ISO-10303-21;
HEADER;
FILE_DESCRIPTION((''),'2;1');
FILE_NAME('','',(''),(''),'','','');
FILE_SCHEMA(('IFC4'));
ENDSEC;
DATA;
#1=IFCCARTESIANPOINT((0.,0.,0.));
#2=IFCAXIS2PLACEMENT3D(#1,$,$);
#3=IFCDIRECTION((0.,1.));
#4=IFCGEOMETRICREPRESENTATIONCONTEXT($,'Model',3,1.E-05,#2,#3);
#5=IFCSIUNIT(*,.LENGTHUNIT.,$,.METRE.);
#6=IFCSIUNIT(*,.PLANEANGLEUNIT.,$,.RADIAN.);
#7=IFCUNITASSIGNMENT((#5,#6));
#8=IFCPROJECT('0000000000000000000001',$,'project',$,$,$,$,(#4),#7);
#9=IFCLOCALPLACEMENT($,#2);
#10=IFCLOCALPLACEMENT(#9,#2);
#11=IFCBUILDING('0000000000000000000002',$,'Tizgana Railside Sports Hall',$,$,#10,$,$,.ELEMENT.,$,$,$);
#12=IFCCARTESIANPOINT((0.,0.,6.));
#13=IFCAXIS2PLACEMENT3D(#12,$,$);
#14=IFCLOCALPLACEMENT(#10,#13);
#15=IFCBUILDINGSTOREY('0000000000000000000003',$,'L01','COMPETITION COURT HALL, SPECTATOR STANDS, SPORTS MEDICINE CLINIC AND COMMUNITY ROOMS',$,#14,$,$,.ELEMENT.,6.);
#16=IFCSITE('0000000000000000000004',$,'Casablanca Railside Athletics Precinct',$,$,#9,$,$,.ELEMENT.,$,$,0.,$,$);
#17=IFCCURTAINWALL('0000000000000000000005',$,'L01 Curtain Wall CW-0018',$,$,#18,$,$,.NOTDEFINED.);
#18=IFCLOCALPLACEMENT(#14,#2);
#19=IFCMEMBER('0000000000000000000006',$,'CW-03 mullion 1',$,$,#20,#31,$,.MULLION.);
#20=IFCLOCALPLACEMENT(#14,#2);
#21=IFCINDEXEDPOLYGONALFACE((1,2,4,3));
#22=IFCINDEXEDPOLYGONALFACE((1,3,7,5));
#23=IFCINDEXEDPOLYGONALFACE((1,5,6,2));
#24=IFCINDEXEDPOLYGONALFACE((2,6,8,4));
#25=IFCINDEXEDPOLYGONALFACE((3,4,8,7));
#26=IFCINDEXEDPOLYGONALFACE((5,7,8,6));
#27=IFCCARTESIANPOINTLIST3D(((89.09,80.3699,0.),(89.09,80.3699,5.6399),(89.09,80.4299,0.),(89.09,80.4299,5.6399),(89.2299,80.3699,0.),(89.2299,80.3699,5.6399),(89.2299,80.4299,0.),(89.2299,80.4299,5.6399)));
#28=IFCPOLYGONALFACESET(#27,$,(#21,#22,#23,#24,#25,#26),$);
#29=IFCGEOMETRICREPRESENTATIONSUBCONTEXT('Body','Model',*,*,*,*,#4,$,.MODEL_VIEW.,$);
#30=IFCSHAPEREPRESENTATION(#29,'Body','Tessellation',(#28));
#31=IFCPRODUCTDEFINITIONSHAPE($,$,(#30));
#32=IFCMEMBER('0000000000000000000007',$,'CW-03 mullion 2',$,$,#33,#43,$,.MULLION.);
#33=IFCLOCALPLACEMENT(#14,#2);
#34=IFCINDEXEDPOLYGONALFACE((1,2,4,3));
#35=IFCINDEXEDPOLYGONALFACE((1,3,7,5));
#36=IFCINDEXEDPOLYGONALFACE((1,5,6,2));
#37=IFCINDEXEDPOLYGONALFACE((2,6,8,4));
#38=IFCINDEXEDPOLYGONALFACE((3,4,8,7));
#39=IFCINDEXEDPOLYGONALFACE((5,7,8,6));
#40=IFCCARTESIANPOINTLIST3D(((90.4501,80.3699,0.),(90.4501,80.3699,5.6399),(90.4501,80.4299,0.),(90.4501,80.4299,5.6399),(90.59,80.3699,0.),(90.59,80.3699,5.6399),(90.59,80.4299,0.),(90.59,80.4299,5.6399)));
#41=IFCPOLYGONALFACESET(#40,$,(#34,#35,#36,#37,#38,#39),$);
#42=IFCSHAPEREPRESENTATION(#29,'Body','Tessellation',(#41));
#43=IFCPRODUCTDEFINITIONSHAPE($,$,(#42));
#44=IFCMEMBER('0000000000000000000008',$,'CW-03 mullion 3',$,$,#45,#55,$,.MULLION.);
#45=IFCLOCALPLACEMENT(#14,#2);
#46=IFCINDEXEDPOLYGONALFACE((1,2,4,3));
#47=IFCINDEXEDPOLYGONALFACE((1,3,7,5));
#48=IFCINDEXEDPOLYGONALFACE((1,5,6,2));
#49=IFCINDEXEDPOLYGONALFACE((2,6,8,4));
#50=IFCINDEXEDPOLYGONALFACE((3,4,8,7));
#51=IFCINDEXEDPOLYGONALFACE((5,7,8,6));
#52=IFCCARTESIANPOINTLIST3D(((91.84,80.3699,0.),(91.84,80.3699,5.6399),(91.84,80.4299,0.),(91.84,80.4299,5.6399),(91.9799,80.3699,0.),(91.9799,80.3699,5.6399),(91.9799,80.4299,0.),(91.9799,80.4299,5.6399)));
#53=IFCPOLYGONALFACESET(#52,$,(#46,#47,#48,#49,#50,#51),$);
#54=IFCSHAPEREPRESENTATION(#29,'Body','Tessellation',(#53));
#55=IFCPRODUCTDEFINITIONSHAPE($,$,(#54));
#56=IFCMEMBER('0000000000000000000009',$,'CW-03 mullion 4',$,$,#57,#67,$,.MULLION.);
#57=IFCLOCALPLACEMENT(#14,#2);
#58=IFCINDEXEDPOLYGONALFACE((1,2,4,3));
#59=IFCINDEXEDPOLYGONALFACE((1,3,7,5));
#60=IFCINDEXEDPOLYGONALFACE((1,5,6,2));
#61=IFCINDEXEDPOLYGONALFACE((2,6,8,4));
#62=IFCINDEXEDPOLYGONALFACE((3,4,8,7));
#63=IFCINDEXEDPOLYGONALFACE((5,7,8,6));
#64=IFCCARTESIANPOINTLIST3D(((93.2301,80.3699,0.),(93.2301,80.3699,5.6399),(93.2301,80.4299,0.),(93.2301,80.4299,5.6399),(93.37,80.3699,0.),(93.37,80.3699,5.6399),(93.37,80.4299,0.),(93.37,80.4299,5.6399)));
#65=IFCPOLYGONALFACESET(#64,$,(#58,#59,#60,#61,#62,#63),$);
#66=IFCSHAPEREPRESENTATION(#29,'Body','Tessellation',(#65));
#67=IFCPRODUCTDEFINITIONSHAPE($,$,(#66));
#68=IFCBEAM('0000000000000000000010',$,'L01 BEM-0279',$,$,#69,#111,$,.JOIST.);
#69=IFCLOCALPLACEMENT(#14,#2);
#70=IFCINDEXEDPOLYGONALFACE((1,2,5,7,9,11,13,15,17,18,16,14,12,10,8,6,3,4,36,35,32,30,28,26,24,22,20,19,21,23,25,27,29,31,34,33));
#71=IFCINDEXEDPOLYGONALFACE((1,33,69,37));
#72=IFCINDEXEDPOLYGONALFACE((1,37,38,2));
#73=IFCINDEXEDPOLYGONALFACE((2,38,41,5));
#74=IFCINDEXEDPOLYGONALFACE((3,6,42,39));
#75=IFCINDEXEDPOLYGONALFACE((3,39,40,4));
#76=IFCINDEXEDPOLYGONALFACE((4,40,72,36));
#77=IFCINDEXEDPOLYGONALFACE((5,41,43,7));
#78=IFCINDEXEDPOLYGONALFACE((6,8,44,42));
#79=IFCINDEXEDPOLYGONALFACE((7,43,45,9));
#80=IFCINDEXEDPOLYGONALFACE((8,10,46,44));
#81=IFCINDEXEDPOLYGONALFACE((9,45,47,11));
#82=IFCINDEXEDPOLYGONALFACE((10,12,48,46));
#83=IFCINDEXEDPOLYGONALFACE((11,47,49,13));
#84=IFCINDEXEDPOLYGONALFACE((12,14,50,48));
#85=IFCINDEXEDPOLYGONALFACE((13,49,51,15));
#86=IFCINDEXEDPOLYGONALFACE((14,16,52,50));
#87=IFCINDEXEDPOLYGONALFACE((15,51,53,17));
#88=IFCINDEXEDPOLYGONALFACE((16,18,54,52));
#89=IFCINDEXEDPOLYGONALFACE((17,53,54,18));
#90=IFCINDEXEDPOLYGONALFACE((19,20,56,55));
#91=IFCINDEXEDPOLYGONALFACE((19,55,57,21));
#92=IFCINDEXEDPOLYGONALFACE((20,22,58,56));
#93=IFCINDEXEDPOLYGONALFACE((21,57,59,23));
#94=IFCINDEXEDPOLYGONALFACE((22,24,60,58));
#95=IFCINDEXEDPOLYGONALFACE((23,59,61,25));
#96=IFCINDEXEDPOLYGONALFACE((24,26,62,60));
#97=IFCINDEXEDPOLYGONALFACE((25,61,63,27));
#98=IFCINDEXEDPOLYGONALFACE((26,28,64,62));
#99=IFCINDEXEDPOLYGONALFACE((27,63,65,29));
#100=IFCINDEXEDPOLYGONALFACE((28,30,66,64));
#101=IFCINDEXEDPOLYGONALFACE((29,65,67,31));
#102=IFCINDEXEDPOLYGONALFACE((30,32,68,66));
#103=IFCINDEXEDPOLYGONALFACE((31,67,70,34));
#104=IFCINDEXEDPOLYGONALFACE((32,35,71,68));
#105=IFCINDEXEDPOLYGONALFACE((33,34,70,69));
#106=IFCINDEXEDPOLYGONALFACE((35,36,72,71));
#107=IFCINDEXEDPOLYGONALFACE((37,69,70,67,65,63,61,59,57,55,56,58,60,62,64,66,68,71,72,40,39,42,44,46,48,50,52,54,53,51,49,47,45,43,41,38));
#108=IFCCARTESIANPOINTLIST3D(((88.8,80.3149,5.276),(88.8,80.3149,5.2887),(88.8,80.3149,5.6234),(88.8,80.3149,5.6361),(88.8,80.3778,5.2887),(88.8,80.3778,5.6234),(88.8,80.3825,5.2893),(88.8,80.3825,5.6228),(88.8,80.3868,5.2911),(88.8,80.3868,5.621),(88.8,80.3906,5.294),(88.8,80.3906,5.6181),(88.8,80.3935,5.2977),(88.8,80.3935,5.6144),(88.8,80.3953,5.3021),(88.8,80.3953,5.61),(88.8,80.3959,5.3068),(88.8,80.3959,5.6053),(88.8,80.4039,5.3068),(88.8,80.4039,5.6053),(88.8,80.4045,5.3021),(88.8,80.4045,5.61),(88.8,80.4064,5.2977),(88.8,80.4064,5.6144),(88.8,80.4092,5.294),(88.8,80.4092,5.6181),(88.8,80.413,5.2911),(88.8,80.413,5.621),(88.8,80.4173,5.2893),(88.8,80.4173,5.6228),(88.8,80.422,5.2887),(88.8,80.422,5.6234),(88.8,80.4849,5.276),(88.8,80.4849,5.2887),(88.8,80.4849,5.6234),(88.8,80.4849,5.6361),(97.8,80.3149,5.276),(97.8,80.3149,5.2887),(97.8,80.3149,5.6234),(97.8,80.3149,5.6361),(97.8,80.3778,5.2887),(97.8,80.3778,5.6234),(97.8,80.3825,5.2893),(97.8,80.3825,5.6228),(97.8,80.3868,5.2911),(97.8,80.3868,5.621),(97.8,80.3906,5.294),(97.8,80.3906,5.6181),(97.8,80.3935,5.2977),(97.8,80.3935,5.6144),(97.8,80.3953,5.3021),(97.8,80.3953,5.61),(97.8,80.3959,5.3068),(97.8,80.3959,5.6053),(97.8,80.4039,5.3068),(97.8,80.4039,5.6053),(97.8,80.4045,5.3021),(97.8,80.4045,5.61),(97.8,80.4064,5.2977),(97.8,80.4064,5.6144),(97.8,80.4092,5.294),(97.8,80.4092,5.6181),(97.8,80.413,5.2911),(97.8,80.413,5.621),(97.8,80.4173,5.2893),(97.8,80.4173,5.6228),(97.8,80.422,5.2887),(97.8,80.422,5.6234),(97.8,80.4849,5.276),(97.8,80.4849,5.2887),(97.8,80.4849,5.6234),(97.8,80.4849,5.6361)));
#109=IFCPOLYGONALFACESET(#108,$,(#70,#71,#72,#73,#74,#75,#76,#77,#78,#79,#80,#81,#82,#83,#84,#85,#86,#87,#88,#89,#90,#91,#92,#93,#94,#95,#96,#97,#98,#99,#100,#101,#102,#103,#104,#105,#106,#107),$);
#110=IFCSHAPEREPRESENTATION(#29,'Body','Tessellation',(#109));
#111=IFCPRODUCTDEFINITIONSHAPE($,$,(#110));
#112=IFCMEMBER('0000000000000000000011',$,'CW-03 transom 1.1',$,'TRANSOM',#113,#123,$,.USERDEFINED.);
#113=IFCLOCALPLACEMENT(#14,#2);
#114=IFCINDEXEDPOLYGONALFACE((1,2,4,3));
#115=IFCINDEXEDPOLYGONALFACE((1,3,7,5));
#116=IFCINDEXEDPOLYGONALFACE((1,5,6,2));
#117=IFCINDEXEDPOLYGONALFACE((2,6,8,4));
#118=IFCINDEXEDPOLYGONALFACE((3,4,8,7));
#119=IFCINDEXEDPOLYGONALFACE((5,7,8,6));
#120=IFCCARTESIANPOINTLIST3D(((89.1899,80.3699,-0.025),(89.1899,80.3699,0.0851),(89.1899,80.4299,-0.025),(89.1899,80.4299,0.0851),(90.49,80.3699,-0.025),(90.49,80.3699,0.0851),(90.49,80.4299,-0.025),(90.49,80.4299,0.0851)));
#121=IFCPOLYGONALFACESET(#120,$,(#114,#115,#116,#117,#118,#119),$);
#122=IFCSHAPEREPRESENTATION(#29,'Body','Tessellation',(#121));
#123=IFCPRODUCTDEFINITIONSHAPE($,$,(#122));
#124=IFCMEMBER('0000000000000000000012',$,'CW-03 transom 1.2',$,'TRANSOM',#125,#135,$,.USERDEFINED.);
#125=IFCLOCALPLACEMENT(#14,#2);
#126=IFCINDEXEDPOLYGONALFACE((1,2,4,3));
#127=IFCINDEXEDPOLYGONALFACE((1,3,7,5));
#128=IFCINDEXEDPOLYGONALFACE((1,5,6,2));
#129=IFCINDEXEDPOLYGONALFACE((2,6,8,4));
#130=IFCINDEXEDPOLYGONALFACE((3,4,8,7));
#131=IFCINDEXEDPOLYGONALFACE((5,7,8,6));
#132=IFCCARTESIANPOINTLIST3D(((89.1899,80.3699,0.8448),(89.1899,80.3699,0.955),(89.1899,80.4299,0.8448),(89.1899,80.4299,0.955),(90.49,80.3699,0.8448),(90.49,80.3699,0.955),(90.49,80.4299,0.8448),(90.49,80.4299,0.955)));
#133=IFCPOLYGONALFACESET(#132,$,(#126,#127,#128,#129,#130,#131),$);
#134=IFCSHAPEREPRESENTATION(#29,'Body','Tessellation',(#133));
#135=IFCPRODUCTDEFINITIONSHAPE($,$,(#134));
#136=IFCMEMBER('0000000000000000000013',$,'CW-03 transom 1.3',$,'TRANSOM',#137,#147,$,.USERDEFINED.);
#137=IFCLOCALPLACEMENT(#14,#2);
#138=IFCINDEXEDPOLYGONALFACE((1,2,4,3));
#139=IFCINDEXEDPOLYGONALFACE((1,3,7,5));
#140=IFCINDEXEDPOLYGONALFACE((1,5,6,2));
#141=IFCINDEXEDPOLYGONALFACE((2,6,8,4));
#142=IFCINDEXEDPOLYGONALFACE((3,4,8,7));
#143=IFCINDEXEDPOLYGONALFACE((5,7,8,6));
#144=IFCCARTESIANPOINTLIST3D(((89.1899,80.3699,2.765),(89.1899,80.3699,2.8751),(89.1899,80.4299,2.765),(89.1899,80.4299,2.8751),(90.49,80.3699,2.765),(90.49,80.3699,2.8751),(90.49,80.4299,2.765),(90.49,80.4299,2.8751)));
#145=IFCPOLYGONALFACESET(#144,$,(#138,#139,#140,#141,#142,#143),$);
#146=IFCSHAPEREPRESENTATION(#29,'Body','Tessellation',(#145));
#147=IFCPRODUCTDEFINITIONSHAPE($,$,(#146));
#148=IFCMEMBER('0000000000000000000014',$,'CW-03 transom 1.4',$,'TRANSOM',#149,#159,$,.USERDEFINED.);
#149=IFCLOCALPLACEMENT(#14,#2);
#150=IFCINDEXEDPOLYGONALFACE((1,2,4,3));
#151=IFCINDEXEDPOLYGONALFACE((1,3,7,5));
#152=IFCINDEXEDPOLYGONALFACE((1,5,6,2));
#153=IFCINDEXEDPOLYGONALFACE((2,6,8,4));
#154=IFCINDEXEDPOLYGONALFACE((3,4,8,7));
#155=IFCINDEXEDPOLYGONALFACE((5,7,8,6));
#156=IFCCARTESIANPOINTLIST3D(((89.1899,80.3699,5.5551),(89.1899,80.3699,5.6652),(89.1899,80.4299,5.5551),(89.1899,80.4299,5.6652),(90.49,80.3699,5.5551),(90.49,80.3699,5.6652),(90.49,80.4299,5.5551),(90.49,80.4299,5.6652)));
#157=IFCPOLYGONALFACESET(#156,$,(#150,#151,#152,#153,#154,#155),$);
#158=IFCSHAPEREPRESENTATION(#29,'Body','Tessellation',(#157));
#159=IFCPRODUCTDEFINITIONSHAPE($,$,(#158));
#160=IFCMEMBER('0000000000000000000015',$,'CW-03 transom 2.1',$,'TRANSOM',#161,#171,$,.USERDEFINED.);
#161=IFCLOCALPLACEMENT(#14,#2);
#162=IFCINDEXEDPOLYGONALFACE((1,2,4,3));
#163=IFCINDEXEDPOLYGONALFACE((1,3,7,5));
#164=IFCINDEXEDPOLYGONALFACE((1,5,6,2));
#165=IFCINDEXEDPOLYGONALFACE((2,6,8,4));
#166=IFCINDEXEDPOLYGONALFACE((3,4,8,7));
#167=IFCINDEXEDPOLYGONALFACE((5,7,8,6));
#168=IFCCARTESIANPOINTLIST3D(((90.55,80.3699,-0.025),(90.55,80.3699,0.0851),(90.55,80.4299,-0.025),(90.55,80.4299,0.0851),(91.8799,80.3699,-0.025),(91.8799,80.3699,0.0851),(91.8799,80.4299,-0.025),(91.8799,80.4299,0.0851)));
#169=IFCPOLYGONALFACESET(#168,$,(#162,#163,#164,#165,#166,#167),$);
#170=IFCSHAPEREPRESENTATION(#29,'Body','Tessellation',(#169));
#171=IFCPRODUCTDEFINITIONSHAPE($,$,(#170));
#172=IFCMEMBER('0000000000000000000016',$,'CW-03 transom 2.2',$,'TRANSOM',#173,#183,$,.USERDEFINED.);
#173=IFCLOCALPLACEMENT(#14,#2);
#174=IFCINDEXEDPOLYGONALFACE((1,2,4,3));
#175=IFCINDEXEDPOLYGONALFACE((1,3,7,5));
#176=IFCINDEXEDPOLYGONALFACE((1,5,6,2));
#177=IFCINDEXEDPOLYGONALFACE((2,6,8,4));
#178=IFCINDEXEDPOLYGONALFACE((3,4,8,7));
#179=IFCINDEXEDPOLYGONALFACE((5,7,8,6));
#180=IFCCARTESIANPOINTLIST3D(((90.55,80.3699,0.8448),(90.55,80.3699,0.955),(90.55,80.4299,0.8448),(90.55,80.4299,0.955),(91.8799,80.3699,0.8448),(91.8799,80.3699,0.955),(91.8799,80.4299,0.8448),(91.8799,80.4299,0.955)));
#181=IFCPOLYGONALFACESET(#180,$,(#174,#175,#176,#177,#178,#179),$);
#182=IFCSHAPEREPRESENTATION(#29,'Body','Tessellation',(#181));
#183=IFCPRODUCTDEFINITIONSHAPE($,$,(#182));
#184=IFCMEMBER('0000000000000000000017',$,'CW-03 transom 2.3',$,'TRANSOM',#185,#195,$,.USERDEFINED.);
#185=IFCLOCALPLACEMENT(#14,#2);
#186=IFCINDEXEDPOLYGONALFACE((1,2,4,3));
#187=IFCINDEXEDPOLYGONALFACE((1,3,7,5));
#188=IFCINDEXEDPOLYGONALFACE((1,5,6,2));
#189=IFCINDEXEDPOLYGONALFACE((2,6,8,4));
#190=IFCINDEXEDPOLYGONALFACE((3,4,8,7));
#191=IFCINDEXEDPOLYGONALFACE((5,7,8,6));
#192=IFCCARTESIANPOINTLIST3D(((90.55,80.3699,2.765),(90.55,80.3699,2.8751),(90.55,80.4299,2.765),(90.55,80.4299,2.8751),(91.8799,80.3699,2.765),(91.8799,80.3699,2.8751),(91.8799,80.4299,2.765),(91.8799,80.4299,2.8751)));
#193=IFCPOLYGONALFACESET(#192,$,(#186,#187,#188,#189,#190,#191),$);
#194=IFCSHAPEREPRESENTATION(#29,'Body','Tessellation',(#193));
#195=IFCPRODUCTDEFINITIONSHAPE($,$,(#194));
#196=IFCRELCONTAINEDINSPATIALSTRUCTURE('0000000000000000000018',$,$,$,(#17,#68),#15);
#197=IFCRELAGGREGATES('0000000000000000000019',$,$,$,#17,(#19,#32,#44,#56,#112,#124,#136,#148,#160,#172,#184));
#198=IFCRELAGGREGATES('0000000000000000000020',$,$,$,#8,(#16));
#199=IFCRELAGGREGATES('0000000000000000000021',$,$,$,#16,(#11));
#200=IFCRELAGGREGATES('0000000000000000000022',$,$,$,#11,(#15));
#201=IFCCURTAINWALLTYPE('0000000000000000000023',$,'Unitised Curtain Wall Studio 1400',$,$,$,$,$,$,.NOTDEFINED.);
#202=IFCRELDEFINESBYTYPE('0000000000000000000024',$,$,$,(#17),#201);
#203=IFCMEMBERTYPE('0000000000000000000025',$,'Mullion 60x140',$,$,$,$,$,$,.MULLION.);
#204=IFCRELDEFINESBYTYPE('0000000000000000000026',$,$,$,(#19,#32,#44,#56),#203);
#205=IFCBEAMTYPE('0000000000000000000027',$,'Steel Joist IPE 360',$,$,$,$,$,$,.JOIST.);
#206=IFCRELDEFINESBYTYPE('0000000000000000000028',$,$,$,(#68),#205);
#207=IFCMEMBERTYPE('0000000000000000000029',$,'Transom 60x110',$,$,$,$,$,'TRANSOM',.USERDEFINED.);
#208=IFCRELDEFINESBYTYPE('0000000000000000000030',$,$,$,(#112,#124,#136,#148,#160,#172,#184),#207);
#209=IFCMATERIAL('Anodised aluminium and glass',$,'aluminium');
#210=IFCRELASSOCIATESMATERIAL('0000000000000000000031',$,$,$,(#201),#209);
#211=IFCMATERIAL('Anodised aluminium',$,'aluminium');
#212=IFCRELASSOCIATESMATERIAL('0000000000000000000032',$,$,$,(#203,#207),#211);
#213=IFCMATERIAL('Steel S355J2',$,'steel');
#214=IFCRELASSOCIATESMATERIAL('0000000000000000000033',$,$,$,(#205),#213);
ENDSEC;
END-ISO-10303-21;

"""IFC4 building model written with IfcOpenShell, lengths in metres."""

from ifc_helpers import new_model, si_unit, direction, frame, origin, origin_2d, place, context, subcontext, project, spatial, rectangle, i_section, extrude, material, material_profile, profile_set, type_object, element, aggregate, save


model = new_model("IFC4")

# Units and contexts
model_context = context("Model", 3, precision=1e-05, world=origin(), true_north=direction((0.0, 1.0)))
body_context = subcontext(model_context, "Body", "Model", "MODEL_VIEW")
ifc_project = project(units=[si_unit("LENGTHUNIT", "METRE"), si_unit("PLANEANGLEUNIT", "RADIAN")], contexts=[model_context])

# Site, building, storey
site_placement = place(None, origin())
site = spatial("IfcSite", under=ifc_project, at=site_placement, Name="Casablanca Railside Athletics Precinct", CompositionType="ELEMENT", RefElevation=0.0)
building_placement = place(site_placement, origin())
building = spatial("IfcBuilding", under=site, at=building_placement, Name="Tizgana Railside Sports Hall", CompositionType="ELEMENT")
storey_placement = place(building_placement, frame((0.0, 0.0, 6.0)))
storey = spatial("IfcBuildingStorey", under=building, at=storey_placement, Name="L01", Description="COMPETITION COURT HALL, SPECTATOR STANDS, SPORTS MEDICINE CLINIC AND COMMUNITY ROOMS", CompositionType="ELEMENT", Elevation=6.0)

# Curtain wall, members
ifc_material_1 = material(Name="Anodised aluminium and glass", Category="aluminium")
curtain_wall_type = type_object("IfcCurtainWallType", Name="Unitised Curtain Wall Studio 1400", PredefinedType="NOTDEFINED", material=ifc_material_1)
curtain_wall_placement = place(storey_placement, origin())
curtain_wall = element("IfcCurtainWall", 1, at=curtain_wall_placement, inside=storey, type_object=curtain_wall_type, Name="L01 Curtain Wall CW-0018", PredefinedType="NOTDEFINED")
ifc_material_2 = material(Name="Anodised aluminium", Category="aluminium")
ifc_material_profile_1 = material_profile(ifc_material_2, rectangle(XDim=0.0601, YDim=0.1399, at=origin_2d()), Name="Mullion 60x140")
ifc_profile_set_1 = profile_set([ifc_material_profile_1], Name="Anodised aluminium")
member_type_1 = type_object("IfcMemberType", Name="Mullion 60x140", PredefinedType="MULLION", material=ifc_profile_set_1)
member_1_placement = place(storey_placement, frame((89.1599, 80.3999, 0.0), z_axis=(0.0, 0.0, 1.0), x_axis=(0.0, 1.0, 0.0)))
member_1 = element("IfcMember", 2, at=member_1_placement, type_object=member_type_1, Name="CW-03 mullion 1", PredefinedType="MULLION", context=body_context, shape_type="SweptSolid", body=[
    extrude(rectangle(XDim=0.0601, YDim=0.1399, at=origin_2d()), origin(), (0.0, 0.0, 1.0), 5.6399),
])
member_2_placement = place(storey_placement, frame((90.52, 80.3999, 0.0), z_axis=(0.0, 0.0, 1.0), x_axis=(0.0, 1.0, 0.0)))
member_2 = element("IfcMember", 3, at=member_2_placement, type_object=member_type_1, Name="CW-03 mullion 2", PredefinedType="MULLION", context=body_context, shape_type="SweptSolid", body=[
    extrude(rectangle(XDim=0.0601, YDim=0.1399, at=origin_2d()), origin(), (0.0, 0.0, 1.0), 5.6399),
])
member_3_placement = place(storey_placement, frame((91.9099, 80.3999, 0.0), z_axis=(0.0, 0.0, 1.0), x_axis=(0.0, 1.0, 0.0)))
member_3 = element("IfcMember", 4, at=member_3_placement, type_object=member_type_1, Name="CW-03 mullion 3", PredefinedType="MULLION", context=body_context, shape_type="SweptSolid", body=[
    extrude(rectangle(XDim=0.0601, YDim=0.1399, at=origin_2d()), origin(), (0.0, 0.0, 1.0), 5.6399),
])
member_4_placement = place(storey_placement, frame((93.3, 80.3999, 0.0), z_axis=(0.0, 0.0, 1.0), x_axis=(0.0, 1.0, 0.0)))
member_4 = element("IfcMember", 5, at=member_4_placement, type_object=member_type_1, Name="CW-03 mullion 4", PredefinedType="MULLION", context=body_context, shape_type="SweptSolid", body=[
    extrude(rectangle(XDim=0.0601, YDim=0.1399, at=origin_2d()), origin(), (0.0, 0.0, 1.0), 5.6399),
])

# Beam
ifc_material_3 = material(Name="Steel S355J2", Category="steel")
ifc_material_profile_2 = material_profile(ifc_material_3, i_section(OverallWidth=0.1699, OverallDepth=0.3601, WebThickness=0.0081, FlangeThickness=0.0127, FilletRadius=0.0181, at=origin_2d()), Name="IPE 360")
ifc_profile_set_2 = profile_set([ifc_material_profile_2], Name="Steel S355J2")
beam_type = type_object("IfcBeamType", Name="Steel Joist IPE 360", PredefinedType="JOIST", material=ifc_profile_set_2)
beam_placement = place(storey_placement, frame((88.8, 80.3999, 5.4561), z_axis=(1.0, 0.0, 0.0), x_axis=(0.0, 1.0, 0.0)))
element("IfcBeam", 6, at=beam_placement, inside=storey, type_object=beam_type, Name="L01 BEM-0279", PredefinedType="JOIST", context=body_context, shape_type="SweptSolid", body=[
    extrude(i_section(OverallWidth=0.1699, OverallDepth=0.3601, WebThickness=0.0081, FlangeThickness=0.0127, FilletRadius=0.0181, at=origin_2d()), origin(), (0.0, 0.0, 1.0), 9.0),
])

# Members
ifc_material_profile_3 = material_profile(ifc_material_2, rectangle(XDim=0.0601, YDim=0.1101, at=origin_2d()), Name="Transom 60x110")
ifc_profile_set_3 = profile_set([ifc_material_profile_3], Name="Anodised aluminium")
member_type_2 = type_object("IfcMemberType", Name="Transom 60x110", ElementType="TRANSOM", PredefinedType="USERDEFINED", material=ifc_profile_set_3)
member_5_placement = place(storey_placement, frame((89.1899, 80.3999, 0.03), z_axis=(1.0, 0.0, 0.0), x_axis=(0.0, 1.0, 0.0)))
member_5 = element("IfcMember", 7, at=member_5_placement, type_object=member_type_2, Name="CW-03 transom 1.1", ObjectType="TRANSOM", PredefinedType="USERDEFINED", context=body_context, shape_type="SweptSolid", body=[
    extrude(rectangle(XDim=0.0601, YDim=0.1101, at=origin_2d()), origin(), (0.0, 0.0, 1.0), 1.3),
])
member_6_placement = place(storey_placement, frame((89.1899, 80.3999, 0.8999), z_axis=(1.0, 0.0, 0.0), x_axis=(0.0, 1.0, 0.0)))
member_6 = element("IfcMember", 8, at=member_6_placement, type_object=member_type_2, Name="CW-03 transom 1.2", ObjectType="TRANSOM", PredefinedType="USERDEFINED", context=body_context, shape_type="SweptSolid", body=[
    extrude(rectangle(XDim=0.0601, YDim=0.1101, at=origin_2d()), origin(), (0.0, 0.0, 1.0), 1.3),
])
member_7_placement = place(storey_placement, frame((89.1899, 80.3999, 2.8201), z_axis=(1.0, 0.0, 0.0), x_axis=(0.0, 1.0, 0.0)))
member_7 = element("IfcMember", 9, at=member_7_placement, type_object=member_type_2, Name="CW-03 transom 1.3", ObjectType="TRANSOM", PredefinedType="USERDEFINED", context=body_context, shape_type="SweptSolid", body=[
    extrude(rectangle(XDim=0.0601, YDim=0.1101, at=origin_2d()), origin(), (0.0, 0.0, 1.0), 1.3),
])
member_8_placement = place(storey_placement, frame((89.1899, 80.3999, 5.6101), z_axis=(1.0, 0.0, 0.0), x_axis=(0.0, 1.0, 0.0)))
member_8 = element("IfcMember", 10, at=member_8_placement, type_object=member_type_2, Name="CW-03 transom 1.4", ObjectType="TRANSOM", PredefinedType="USERDEFINED", context=body_context, shape_type="SweptSolid", body=[
    extrude(rectangle(XDim=0.0601, YDim=0.1101, at=origin_2d()), origin(), (0.0, 0.0, 1.0), 1.3),
])
member_9_placement = place(storey_placement, frame((90.55, 80.3999, 0.03), z_axis=(1.0, 0.0, 0.0), x_axis=(0.0, 1.0, 0.0)))
member_9 = element("IfcMember", 11, at=member_9_placement, type_object=member_type_2, Name="CW-03 transom 2.1", ObjectType="TRANSOM", PredefinedType="USERDEFINED", context=body_context, shape_type="SweptSolid", body=[
    extrude(rectangle(XDim=0.0601, YDim=0.1101, at=origin_2d()), origin(), (0.0, 0.0, 1.0), 1.3298),
])
member_10_placement = place(storey_placement, frame((90.55, 80.3999, 0.8999), z_axis=(1.0, 0.0, 0.0), x_axis=(0.0, 1.0, 0.0)))
member_10 = element("IfcMember", 12, at=member_10_placement, type_object=member_type_2, Name="CW-03 transom 2.2", ObjectType="TRANSOM", PredefinedType="USERDEFINED", context=body_context, shape_type="SweptSolid", body=[
    extrude(rectangle(XDim=0.0601, YDim=0.1101, at=origin_2d()), origin(), (0.0, 0.0, 1.0), 1.3298),
])
member_11_placement = place(storey_placement, frame((90.55, 80.3999, 2.8201), z_axis=(1.0, 0.0, 0.0), x_axis=(0.0, 1.0, 0.0)))
member_11 = element("IfcMember", 13, at=member_11_placement, type_object=member_type_2, Name="CW-03 transom 2.3", ObjectType="TRANSOM", PredefinedType="USERDEFINED", context=body_context, shape_type="SweptSolid", body=[
    extrude(rectangle(XDim=0.0601, YDim=0.1101, at=origin_2d()), origin(), (0.0, 0.0, 1.0), 1.3298),
])

aggregate(curtain_wall, [member_1, member_2, member_3, member_4, member_5, member_6, member_7, member_8, member_9, member_10, member_11])

save(model, "model.ifc")
